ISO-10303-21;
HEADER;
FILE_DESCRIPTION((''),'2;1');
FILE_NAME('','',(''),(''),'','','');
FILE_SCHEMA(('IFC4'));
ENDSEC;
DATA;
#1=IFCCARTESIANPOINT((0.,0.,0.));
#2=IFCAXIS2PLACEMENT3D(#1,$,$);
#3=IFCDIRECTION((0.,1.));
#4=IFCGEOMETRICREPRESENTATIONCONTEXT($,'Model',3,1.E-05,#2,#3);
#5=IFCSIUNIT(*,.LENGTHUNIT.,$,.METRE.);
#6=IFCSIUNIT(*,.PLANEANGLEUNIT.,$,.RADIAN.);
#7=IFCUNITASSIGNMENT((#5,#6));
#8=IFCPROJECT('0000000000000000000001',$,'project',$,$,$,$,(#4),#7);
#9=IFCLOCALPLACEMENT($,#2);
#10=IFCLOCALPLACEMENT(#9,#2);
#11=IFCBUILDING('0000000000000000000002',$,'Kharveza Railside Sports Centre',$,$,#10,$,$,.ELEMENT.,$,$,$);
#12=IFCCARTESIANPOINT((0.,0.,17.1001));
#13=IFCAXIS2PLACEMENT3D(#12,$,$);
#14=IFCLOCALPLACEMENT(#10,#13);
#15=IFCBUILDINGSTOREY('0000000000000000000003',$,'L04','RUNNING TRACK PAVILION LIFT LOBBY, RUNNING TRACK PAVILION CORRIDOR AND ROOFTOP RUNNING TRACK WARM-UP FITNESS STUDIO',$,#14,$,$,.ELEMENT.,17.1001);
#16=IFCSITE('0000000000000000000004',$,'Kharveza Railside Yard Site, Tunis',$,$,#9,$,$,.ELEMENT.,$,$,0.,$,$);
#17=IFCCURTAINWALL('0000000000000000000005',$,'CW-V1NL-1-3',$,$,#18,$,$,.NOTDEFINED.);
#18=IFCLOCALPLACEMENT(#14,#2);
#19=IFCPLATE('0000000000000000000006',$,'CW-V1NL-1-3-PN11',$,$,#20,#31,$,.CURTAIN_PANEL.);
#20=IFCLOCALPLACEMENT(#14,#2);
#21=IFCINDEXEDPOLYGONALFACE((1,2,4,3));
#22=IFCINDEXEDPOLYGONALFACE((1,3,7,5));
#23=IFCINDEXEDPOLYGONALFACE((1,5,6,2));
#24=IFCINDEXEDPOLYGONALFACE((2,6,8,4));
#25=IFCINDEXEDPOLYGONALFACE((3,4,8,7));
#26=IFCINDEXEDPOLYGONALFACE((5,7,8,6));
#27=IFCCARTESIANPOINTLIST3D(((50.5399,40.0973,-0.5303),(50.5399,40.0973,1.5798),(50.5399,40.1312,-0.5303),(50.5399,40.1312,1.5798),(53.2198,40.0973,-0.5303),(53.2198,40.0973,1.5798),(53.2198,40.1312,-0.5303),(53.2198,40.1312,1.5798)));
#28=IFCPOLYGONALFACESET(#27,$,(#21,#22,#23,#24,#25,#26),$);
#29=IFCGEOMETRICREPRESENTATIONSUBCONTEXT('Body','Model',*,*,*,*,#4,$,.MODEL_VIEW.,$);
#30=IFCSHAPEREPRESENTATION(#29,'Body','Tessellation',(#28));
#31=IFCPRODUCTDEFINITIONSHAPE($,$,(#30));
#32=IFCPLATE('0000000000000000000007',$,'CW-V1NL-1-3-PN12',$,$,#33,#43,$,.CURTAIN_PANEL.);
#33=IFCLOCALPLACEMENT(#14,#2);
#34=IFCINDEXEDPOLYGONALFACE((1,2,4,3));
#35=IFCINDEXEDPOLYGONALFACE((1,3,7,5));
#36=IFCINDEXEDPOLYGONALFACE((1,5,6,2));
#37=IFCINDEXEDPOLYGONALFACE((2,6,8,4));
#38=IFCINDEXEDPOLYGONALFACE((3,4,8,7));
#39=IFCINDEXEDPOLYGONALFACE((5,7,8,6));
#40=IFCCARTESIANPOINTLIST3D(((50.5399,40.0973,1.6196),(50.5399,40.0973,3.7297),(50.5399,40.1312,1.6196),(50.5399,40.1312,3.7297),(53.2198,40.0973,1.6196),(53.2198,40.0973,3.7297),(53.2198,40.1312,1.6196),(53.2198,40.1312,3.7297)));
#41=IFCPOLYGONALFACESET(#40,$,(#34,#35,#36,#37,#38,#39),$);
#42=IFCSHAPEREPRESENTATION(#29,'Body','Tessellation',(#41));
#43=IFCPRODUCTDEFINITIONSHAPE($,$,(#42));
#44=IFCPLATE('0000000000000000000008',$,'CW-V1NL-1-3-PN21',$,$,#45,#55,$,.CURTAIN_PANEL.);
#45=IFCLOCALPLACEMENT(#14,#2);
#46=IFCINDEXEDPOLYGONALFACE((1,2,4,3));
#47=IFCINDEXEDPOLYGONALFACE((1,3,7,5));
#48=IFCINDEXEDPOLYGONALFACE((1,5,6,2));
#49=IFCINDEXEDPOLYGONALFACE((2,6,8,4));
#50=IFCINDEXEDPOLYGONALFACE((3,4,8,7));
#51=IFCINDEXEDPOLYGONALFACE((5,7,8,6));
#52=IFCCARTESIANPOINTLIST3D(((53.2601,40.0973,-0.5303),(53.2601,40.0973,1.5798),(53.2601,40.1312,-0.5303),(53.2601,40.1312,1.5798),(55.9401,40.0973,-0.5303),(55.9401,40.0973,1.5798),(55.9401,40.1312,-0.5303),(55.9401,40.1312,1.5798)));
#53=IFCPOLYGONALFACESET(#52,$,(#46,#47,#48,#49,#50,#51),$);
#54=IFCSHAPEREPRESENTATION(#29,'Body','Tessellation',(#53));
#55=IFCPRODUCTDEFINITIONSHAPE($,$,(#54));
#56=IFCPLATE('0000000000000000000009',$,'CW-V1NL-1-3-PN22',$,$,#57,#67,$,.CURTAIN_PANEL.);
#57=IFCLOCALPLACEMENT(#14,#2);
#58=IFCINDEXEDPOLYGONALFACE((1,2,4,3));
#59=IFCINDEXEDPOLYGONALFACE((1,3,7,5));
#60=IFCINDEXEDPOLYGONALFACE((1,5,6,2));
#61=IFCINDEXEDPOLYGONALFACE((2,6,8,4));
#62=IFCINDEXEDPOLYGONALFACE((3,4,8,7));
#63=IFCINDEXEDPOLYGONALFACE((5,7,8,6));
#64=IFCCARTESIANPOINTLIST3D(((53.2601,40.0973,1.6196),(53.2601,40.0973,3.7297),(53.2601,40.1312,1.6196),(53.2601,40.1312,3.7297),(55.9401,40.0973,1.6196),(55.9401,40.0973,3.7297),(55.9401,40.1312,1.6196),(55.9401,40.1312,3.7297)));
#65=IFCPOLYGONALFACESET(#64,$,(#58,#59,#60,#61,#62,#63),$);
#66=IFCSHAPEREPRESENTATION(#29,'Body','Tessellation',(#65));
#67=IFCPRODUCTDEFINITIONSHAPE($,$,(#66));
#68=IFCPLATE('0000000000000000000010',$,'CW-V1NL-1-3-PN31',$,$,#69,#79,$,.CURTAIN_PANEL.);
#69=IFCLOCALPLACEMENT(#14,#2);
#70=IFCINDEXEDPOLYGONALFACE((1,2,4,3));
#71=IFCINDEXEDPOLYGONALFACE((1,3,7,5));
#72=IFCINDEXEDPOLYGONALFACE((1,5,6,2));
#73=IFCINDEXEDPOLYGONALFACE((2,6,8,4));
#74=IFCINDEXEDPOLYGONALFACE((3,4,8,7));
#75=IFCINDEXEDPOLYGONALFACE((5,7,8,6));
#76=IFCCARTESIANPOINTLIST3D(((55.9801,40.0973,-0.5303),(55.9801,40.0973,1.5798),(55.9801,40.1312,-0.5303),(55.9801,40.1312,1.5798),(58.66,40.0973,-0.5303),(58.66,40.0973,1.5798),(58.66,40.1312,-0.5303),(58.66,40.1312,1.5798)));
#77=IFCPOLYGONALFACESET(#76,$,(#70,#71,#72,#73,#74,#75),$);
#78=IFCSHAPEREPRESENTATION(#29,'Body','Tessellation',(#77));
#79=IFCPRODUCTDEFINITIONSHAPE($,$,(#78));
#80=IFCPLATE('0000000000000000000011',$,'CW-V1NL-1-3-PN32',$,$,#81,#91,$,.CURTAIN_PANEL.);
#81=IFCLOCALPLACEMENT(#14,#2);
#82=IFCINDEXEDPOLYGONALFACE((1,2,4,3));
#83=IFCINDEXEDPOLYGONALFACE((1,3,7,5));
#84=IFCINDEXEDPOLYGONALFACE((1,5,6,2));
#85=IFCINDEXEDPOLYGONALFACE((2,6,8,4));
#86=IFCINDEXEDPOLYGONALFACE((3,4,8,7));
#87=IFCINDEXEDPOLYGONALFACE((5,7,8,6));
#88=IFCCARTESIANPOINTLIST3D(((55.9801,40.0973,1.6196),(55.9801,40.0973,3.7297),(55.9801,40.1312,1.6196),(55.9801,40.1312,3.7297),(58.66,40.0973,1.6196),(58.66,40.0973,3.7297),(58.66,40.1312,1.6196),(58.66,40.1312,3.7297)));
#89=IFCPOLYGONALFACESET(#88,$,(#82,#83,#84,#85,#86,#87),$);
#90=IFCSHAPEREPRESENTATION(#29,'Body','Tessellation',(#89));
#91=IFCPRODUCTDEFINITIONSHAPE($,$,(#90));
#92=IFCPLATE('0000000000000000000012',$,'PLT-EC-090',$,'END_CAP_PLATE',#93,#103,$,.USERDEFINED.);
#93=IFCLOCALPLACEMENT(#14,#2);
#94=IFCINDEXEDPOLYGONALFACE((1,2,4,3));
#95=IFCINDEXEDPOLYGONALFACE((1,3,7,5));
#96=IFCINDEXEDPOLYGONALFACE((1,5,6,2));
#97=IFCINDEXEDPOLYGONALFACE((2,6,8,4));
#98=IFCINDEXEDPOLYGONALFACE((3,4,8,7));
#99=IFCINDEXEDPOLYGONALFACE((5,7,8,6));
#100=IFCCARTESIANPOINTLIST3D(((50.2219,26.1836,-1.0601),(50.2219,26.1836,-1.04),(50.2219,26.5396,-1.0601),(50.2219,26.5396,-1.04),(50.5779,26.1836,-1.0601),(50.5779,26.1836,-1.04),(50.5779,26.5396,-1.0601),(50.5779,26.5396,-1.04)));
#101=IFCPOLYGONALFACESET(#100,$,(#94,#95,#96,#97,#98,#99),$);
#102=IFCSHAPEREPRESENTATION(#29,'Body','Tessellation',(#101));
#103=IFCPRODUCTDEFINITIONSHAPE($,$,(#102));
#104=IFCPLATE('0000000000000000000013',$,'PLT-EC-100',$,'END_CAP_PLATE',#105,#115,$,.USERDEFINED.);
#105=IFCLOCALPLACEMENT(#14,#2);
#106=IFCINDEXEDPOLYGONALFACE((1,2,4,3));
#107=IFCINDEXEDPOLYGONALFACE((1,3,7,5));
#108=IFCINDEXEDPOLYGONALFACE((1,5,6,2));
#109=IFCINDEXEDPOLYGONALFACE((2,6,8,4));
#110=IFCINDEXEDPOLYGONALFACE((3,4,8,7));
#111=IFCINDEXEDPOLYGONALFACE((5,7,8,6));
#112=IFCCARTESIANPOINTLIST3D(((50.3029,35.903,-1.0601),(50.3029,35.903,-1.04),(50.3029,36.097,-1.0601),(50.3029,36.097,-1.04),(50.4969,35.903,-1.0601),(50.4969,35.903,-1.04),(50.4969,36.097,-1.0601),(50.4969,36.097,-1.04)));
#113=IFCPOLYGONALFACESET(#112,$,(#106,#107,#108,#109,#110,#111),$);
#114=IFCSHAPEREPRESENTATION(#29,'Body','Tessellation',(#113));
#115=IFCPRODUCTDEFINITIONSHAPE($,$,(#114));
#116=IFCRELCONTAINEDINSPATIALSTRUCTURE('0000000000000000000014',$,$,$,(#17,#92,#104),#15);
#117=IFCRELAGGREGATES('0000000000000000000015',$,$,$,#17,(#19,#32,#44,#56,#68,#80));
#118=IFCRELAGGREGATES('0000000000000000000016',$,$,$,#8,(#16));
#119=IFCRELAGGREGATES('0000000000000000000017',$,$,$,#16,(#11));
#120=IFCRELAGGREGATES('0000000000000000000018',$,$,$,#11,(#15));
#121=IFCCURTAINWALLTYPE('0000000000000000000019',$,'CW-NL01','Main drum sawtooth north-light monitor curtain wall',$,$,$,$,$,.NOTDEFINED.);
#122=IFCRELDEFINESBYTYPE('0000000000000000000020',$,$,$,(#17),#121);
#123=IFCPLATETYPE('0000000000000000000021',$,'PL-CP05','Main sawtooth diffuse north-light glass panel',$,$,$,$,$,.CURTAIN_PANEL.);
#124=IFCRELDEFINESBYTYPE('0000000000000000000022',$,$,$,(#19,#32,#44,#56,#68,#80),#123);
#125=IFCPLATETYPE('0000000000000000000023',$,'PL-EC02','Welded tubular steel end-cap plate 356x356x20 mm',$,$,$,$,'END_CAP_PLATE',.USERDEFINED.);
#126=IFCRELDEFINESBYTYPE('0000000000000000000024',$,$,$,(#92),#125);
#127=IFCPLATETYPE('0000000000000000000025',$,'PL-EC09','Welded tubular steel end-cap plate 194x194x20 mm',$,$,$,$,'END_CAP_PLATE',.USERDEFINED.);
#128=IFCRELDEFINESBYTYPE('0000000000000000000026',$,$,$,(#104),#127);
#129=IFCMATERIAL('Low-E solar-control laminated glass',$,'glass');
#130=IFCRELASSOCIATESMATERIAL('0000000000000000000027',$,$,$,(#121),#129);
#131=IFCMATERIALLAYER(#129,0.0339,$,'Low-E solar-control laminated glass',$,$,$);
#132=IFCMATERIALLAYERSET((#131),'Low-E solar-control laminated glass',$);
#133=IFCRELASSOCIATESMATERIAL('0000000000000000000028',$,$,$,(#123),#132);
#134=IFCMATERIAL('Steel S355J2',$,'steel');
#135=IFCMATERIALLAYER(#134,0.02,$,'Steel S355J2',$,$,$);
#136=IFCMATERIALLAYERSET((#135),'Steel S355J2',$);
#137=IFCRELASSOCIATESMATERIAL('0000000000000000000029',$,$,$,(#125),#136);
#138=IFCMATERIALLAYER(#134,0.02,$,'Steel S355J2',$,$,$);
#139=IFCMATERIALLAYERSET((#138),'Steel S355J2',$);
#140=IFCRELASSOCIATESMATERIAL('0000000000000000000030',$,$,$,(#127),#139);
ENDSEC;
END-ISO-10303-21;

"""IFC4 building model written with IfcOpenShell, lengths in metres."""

from ifc_helpers import new_model, si_unit, direction, frame, origin, origin_2d, place, context, subcontext, project, spatial, rectangle, extrude, material, layer, layer_set, type_object, element, aggregate, save


model = new_model("IFC4")

# Units and contexts
model_context = context("Model", 3, precision=1e-05, world=origin(), true_north=direction((0.0, 1.0)))
body_context = subcontext(model_context, "Body", "Model", "MODEL_VIEW")
ifc_project = project(units=[si_unit("LENGTHUNIT", "METRE"), si_unit("PLANEANGLEUNIT", "RADIAN")], contexts=[model_context])

# Site, building, storey
site_placement = place(None, origin())
site = spatial("IfcSite", under=ifc_project, at=site_placement, Name="Kharveza Railside Yard Site, Tunis", CompositionType="ELEMENT", RefElevation=0.0)
building_placement = place(site_placement, origin())
building = spatial("IfcBuilding", under=site, at=building_placement, Name="Kharveza Railside Sports Centre", CompositionType="ELEMENT")
storey_placement = place(building_placement, frame((0.0, 0.0, 17.1001)))
storey = spatial("IfcBuildingStorey", under=building, at=storey_placement, Name="L04", Description="RUNNING TRACK PAVILION LIFT LOBBY, RUNNING TRACK PAVILION CORRIDOR AND ROOFTOP RUNNING TRACK WARM-UP FITNESS STUDIO", CompositionType="ELEMENT", Elevation=17.1001)

# Curtain wall
ifc_material_1 = material(Name="Low-E solar-control laminated glass", Category="glass")
curtain_wall_type = type_object("IfcCurtainWallType", Name="CW-NL01", Description="Main drum sawtooth north-light monitor curtain wall", PredefinedType="NOTDEFINED", material=ifc_material_1)
curtain_wall_1_placement = place(storey_placement, origin())
curtain_wall_1 = element("IfcCurtainWall", 1, at=curtain_wall_1_placement, inside=storey, type_object=curtain_wall_type, Name="CW-V1NL-1-3", PredefinedType="NOTDEFINED")

# Shared definitions
ifc_material_2 = material(Name="Steel S355J2", Category="steel")

# Plates
ifc_layer_1 = layer(ifc_material_1, 0.0339, Name="Low-E solar-control laminated glass")
ifc_layer_set_1 = layer_set([ifc_layer_1], Name="Low-E solar-control laminated glass")
plate_type_1 = type_object("IfcPlateType", Name="PL-CP05", Description="Main sawtooth diffuse north-light glass panel", PredefinedType="CURTAIN_PANEL", material=ifc_layer_set_1)
plate_1_placement = place(storey_placement, frame((51.8799, 40.1143, -0.5303), z_axis=(0.0, 0.0, 1.0), x_axis=(1.0, 0.0, 0.0)))
plate_1 = element("IfcPlate", 2, at=plate_1_placement, type_object=plate_type_1, Name="CW-V1NL-1-3-PN11", PredefinedType="CURTAIN_PANEL", context=body_context, shape_type="SweptSolid", body=[
    extrude(rectangle(XDim=2.6799, YDim=0.0339, at=origin_2d()), origin(), (0.0, 0.0, 1.0), 2.1101),
])
plate_2_placement = place(storey_placement, frame((51.8799, 40.1143, 1.6196), z_axis=(0.0, 0.0, 1.0), x_axis=(1.0, 0.0, 0.0)))
plate_2 = element("IfcPlate", 3, at=plate_2_placement, type_object=plate_type_1, Name="CW-V1NL-1-3-PN12", PredefinedType="CURTAIN_PANEL", context=body_context, shape_type="SweptSolid", body=[
    extrude(rectangle(XDim=2.6799, YDim=0.0339, at=origin_2d()), origin(), (0.0, 0.0, 1.0), 2.1101),
])
plate_3_placement = place(storey_placement, frame((54.6001, 40.1143, -0.5303), z_axis=(0.0, 0.0, 1.0), x_axis=(1.0, 0.0, 0.0)))
plate_3 = element("IfcPlate", 4, at=plate_3_placement, type_object=plate_type_1, Name="CW-V1NL-1-3-PN21", PredefinedType="CURTAIN_PANEL", context=body_context, shape_type="SweptSolid", body=[
    extrude(rectangle(XDim=2.6799, YDim=0.0339, at=origin_2d()), origin(), (0.0, 0.0, 1.0), 2.1101),
])
plate_4_placement = place(storey_placement, frame((54.6001, 40.1143, 1.6196), z_axis=(0.0, 0.0, 1.0), x_axis=(1.0, 0.0, 0.0)))
plate_4 = element("IfcPlate", 5, at=plate_4_placement, type_object=plate_type_1, Name="CW-V1NL-1-3-PN22", PredefinedType="CURTAIN_PANEL", context=body_context, shape_type="SweptSolid", body=[
    extrude(rectangle(XDim=2.6799, YDim=0.0339, at=origin_2d()), origin(), (0.0, 0.0, 1.0), 2.1101),
])
plate_5_placement = place(storey_placement, frame((57.3201, 40.1143, -0.5303), z_axis=(0.0, 0.0, 1.0), x_axis=(1.0, 0.0, 0.0)))
plate_5 = element("IfcPlate", 6, at=plate_5_placement, type_object=plate_type_1, Name="CW-V1NL-1-3-PN31", PredefinedType="CURTAIN_PANEL", context=body_context, shape_type="SweptSolid", body=[
    extrude(rectangle(XDim=2.6799, YDim=0.0339, at=origin_2d()), origin(), (0.0, 0.0, 1.0), 2.1101),
])
plate_6_placement = place(storey_placement, frame((57.3201, 40.1143, 1.6196), z_axis=(0.0, 0.0, 1.0), x_axis=(1.0, 0.0, 0.0)))
plate_6 = element("IfcPlate", 7, at=plate_6_placement, type_object=plate_type_1, Name="CW-V1NL-1-3-PN32", PredefinedType="CURTAIN_PANEL", context=body_context, shape_type="SweptSolid", body=[
    extrude(rectangle(XDim=2.6799, YDim=0.0339, at=origin_2d()), origin(), (0.0, 0.0, 1.0), 2.1101),
])
aggregate(curtain_wall_1, [plate_1, plate_2, plate_3, plate_4, plate_5, plate_6])

# Plates
ifc_layer_2 = layer(ifc_material_2, 0.02, Name="Steel S355J2")
ifc_layer_set_2 = layer_set([ifc_layer_2], Name="Steel S355J2")
plate_type_2 = type_object("IfcPlateType", Name="PL-EC02", Description="Welded tubular steel end-cap plate 356x356x20 mm", ElementType="END_CAP_PLATE", PredefinedType="USERDEFINED", material=ifc_layer_set_2)
plate_7_placement = place(storey_placement, frame((50.3999, 26.3616, -1.0601), z_axis=(0.0, 0.0, 1.0), x_axis=(1.0, 0.0, 0.0)))
element("IfcPlate", 8, at=plate_7_placement, inside=storey, type_object=plate_type_2, Name="PLT-EC-090", ObjectType="END_CAP_PLATE", PredefinedType="USERDEFINED", context=body_context, shape_type="SweptSolid", body=[
    extrude(rectangle(XDim=0.356, YDim=0.356, at=origin_2d()), origin(), (0.0, 0.0, 1.0), 0.02),
])
ifc_layer_3 = layer(ifc_material_2, 0.02, Name="Steel S355J2")
ifc_layer_set_3 = layer_set([ifc_layer_3], Name="Steel S355J2")
plate_type_3 = type_object("IfcPlateType", Name="PL-EC09", Description="Welded tubular steel end-cap plate 194x194x20 mm", ElementType="END_CAP_PLATE", PredefinedType="USERDEFINED", material=ifc_layer_set_3)
plate_8_placement = place(storey_placement, frame((50.3999, 36.0, -1.0601), z_axis=(0.0, 0.0, 1.0), x_axis=(1.0, 0.0, 0.0)))
element("IfcPlate", 9, at=plate_8_placement, inside=storey, type_object=plate_type_3, Name="PLT-EC-100", ObjectType="END_CAP_PLATE", PredefinedType="USERDEFINED", context=body_context, shape_type="SweptSolid", body=[
    extrude(rectangle(XDim=0.1941, YDim=0.1941, at=origin_2d()), origin(), (0.0, 0.0, 1.0), 0.02),
])

save(model, "model.ifc")
